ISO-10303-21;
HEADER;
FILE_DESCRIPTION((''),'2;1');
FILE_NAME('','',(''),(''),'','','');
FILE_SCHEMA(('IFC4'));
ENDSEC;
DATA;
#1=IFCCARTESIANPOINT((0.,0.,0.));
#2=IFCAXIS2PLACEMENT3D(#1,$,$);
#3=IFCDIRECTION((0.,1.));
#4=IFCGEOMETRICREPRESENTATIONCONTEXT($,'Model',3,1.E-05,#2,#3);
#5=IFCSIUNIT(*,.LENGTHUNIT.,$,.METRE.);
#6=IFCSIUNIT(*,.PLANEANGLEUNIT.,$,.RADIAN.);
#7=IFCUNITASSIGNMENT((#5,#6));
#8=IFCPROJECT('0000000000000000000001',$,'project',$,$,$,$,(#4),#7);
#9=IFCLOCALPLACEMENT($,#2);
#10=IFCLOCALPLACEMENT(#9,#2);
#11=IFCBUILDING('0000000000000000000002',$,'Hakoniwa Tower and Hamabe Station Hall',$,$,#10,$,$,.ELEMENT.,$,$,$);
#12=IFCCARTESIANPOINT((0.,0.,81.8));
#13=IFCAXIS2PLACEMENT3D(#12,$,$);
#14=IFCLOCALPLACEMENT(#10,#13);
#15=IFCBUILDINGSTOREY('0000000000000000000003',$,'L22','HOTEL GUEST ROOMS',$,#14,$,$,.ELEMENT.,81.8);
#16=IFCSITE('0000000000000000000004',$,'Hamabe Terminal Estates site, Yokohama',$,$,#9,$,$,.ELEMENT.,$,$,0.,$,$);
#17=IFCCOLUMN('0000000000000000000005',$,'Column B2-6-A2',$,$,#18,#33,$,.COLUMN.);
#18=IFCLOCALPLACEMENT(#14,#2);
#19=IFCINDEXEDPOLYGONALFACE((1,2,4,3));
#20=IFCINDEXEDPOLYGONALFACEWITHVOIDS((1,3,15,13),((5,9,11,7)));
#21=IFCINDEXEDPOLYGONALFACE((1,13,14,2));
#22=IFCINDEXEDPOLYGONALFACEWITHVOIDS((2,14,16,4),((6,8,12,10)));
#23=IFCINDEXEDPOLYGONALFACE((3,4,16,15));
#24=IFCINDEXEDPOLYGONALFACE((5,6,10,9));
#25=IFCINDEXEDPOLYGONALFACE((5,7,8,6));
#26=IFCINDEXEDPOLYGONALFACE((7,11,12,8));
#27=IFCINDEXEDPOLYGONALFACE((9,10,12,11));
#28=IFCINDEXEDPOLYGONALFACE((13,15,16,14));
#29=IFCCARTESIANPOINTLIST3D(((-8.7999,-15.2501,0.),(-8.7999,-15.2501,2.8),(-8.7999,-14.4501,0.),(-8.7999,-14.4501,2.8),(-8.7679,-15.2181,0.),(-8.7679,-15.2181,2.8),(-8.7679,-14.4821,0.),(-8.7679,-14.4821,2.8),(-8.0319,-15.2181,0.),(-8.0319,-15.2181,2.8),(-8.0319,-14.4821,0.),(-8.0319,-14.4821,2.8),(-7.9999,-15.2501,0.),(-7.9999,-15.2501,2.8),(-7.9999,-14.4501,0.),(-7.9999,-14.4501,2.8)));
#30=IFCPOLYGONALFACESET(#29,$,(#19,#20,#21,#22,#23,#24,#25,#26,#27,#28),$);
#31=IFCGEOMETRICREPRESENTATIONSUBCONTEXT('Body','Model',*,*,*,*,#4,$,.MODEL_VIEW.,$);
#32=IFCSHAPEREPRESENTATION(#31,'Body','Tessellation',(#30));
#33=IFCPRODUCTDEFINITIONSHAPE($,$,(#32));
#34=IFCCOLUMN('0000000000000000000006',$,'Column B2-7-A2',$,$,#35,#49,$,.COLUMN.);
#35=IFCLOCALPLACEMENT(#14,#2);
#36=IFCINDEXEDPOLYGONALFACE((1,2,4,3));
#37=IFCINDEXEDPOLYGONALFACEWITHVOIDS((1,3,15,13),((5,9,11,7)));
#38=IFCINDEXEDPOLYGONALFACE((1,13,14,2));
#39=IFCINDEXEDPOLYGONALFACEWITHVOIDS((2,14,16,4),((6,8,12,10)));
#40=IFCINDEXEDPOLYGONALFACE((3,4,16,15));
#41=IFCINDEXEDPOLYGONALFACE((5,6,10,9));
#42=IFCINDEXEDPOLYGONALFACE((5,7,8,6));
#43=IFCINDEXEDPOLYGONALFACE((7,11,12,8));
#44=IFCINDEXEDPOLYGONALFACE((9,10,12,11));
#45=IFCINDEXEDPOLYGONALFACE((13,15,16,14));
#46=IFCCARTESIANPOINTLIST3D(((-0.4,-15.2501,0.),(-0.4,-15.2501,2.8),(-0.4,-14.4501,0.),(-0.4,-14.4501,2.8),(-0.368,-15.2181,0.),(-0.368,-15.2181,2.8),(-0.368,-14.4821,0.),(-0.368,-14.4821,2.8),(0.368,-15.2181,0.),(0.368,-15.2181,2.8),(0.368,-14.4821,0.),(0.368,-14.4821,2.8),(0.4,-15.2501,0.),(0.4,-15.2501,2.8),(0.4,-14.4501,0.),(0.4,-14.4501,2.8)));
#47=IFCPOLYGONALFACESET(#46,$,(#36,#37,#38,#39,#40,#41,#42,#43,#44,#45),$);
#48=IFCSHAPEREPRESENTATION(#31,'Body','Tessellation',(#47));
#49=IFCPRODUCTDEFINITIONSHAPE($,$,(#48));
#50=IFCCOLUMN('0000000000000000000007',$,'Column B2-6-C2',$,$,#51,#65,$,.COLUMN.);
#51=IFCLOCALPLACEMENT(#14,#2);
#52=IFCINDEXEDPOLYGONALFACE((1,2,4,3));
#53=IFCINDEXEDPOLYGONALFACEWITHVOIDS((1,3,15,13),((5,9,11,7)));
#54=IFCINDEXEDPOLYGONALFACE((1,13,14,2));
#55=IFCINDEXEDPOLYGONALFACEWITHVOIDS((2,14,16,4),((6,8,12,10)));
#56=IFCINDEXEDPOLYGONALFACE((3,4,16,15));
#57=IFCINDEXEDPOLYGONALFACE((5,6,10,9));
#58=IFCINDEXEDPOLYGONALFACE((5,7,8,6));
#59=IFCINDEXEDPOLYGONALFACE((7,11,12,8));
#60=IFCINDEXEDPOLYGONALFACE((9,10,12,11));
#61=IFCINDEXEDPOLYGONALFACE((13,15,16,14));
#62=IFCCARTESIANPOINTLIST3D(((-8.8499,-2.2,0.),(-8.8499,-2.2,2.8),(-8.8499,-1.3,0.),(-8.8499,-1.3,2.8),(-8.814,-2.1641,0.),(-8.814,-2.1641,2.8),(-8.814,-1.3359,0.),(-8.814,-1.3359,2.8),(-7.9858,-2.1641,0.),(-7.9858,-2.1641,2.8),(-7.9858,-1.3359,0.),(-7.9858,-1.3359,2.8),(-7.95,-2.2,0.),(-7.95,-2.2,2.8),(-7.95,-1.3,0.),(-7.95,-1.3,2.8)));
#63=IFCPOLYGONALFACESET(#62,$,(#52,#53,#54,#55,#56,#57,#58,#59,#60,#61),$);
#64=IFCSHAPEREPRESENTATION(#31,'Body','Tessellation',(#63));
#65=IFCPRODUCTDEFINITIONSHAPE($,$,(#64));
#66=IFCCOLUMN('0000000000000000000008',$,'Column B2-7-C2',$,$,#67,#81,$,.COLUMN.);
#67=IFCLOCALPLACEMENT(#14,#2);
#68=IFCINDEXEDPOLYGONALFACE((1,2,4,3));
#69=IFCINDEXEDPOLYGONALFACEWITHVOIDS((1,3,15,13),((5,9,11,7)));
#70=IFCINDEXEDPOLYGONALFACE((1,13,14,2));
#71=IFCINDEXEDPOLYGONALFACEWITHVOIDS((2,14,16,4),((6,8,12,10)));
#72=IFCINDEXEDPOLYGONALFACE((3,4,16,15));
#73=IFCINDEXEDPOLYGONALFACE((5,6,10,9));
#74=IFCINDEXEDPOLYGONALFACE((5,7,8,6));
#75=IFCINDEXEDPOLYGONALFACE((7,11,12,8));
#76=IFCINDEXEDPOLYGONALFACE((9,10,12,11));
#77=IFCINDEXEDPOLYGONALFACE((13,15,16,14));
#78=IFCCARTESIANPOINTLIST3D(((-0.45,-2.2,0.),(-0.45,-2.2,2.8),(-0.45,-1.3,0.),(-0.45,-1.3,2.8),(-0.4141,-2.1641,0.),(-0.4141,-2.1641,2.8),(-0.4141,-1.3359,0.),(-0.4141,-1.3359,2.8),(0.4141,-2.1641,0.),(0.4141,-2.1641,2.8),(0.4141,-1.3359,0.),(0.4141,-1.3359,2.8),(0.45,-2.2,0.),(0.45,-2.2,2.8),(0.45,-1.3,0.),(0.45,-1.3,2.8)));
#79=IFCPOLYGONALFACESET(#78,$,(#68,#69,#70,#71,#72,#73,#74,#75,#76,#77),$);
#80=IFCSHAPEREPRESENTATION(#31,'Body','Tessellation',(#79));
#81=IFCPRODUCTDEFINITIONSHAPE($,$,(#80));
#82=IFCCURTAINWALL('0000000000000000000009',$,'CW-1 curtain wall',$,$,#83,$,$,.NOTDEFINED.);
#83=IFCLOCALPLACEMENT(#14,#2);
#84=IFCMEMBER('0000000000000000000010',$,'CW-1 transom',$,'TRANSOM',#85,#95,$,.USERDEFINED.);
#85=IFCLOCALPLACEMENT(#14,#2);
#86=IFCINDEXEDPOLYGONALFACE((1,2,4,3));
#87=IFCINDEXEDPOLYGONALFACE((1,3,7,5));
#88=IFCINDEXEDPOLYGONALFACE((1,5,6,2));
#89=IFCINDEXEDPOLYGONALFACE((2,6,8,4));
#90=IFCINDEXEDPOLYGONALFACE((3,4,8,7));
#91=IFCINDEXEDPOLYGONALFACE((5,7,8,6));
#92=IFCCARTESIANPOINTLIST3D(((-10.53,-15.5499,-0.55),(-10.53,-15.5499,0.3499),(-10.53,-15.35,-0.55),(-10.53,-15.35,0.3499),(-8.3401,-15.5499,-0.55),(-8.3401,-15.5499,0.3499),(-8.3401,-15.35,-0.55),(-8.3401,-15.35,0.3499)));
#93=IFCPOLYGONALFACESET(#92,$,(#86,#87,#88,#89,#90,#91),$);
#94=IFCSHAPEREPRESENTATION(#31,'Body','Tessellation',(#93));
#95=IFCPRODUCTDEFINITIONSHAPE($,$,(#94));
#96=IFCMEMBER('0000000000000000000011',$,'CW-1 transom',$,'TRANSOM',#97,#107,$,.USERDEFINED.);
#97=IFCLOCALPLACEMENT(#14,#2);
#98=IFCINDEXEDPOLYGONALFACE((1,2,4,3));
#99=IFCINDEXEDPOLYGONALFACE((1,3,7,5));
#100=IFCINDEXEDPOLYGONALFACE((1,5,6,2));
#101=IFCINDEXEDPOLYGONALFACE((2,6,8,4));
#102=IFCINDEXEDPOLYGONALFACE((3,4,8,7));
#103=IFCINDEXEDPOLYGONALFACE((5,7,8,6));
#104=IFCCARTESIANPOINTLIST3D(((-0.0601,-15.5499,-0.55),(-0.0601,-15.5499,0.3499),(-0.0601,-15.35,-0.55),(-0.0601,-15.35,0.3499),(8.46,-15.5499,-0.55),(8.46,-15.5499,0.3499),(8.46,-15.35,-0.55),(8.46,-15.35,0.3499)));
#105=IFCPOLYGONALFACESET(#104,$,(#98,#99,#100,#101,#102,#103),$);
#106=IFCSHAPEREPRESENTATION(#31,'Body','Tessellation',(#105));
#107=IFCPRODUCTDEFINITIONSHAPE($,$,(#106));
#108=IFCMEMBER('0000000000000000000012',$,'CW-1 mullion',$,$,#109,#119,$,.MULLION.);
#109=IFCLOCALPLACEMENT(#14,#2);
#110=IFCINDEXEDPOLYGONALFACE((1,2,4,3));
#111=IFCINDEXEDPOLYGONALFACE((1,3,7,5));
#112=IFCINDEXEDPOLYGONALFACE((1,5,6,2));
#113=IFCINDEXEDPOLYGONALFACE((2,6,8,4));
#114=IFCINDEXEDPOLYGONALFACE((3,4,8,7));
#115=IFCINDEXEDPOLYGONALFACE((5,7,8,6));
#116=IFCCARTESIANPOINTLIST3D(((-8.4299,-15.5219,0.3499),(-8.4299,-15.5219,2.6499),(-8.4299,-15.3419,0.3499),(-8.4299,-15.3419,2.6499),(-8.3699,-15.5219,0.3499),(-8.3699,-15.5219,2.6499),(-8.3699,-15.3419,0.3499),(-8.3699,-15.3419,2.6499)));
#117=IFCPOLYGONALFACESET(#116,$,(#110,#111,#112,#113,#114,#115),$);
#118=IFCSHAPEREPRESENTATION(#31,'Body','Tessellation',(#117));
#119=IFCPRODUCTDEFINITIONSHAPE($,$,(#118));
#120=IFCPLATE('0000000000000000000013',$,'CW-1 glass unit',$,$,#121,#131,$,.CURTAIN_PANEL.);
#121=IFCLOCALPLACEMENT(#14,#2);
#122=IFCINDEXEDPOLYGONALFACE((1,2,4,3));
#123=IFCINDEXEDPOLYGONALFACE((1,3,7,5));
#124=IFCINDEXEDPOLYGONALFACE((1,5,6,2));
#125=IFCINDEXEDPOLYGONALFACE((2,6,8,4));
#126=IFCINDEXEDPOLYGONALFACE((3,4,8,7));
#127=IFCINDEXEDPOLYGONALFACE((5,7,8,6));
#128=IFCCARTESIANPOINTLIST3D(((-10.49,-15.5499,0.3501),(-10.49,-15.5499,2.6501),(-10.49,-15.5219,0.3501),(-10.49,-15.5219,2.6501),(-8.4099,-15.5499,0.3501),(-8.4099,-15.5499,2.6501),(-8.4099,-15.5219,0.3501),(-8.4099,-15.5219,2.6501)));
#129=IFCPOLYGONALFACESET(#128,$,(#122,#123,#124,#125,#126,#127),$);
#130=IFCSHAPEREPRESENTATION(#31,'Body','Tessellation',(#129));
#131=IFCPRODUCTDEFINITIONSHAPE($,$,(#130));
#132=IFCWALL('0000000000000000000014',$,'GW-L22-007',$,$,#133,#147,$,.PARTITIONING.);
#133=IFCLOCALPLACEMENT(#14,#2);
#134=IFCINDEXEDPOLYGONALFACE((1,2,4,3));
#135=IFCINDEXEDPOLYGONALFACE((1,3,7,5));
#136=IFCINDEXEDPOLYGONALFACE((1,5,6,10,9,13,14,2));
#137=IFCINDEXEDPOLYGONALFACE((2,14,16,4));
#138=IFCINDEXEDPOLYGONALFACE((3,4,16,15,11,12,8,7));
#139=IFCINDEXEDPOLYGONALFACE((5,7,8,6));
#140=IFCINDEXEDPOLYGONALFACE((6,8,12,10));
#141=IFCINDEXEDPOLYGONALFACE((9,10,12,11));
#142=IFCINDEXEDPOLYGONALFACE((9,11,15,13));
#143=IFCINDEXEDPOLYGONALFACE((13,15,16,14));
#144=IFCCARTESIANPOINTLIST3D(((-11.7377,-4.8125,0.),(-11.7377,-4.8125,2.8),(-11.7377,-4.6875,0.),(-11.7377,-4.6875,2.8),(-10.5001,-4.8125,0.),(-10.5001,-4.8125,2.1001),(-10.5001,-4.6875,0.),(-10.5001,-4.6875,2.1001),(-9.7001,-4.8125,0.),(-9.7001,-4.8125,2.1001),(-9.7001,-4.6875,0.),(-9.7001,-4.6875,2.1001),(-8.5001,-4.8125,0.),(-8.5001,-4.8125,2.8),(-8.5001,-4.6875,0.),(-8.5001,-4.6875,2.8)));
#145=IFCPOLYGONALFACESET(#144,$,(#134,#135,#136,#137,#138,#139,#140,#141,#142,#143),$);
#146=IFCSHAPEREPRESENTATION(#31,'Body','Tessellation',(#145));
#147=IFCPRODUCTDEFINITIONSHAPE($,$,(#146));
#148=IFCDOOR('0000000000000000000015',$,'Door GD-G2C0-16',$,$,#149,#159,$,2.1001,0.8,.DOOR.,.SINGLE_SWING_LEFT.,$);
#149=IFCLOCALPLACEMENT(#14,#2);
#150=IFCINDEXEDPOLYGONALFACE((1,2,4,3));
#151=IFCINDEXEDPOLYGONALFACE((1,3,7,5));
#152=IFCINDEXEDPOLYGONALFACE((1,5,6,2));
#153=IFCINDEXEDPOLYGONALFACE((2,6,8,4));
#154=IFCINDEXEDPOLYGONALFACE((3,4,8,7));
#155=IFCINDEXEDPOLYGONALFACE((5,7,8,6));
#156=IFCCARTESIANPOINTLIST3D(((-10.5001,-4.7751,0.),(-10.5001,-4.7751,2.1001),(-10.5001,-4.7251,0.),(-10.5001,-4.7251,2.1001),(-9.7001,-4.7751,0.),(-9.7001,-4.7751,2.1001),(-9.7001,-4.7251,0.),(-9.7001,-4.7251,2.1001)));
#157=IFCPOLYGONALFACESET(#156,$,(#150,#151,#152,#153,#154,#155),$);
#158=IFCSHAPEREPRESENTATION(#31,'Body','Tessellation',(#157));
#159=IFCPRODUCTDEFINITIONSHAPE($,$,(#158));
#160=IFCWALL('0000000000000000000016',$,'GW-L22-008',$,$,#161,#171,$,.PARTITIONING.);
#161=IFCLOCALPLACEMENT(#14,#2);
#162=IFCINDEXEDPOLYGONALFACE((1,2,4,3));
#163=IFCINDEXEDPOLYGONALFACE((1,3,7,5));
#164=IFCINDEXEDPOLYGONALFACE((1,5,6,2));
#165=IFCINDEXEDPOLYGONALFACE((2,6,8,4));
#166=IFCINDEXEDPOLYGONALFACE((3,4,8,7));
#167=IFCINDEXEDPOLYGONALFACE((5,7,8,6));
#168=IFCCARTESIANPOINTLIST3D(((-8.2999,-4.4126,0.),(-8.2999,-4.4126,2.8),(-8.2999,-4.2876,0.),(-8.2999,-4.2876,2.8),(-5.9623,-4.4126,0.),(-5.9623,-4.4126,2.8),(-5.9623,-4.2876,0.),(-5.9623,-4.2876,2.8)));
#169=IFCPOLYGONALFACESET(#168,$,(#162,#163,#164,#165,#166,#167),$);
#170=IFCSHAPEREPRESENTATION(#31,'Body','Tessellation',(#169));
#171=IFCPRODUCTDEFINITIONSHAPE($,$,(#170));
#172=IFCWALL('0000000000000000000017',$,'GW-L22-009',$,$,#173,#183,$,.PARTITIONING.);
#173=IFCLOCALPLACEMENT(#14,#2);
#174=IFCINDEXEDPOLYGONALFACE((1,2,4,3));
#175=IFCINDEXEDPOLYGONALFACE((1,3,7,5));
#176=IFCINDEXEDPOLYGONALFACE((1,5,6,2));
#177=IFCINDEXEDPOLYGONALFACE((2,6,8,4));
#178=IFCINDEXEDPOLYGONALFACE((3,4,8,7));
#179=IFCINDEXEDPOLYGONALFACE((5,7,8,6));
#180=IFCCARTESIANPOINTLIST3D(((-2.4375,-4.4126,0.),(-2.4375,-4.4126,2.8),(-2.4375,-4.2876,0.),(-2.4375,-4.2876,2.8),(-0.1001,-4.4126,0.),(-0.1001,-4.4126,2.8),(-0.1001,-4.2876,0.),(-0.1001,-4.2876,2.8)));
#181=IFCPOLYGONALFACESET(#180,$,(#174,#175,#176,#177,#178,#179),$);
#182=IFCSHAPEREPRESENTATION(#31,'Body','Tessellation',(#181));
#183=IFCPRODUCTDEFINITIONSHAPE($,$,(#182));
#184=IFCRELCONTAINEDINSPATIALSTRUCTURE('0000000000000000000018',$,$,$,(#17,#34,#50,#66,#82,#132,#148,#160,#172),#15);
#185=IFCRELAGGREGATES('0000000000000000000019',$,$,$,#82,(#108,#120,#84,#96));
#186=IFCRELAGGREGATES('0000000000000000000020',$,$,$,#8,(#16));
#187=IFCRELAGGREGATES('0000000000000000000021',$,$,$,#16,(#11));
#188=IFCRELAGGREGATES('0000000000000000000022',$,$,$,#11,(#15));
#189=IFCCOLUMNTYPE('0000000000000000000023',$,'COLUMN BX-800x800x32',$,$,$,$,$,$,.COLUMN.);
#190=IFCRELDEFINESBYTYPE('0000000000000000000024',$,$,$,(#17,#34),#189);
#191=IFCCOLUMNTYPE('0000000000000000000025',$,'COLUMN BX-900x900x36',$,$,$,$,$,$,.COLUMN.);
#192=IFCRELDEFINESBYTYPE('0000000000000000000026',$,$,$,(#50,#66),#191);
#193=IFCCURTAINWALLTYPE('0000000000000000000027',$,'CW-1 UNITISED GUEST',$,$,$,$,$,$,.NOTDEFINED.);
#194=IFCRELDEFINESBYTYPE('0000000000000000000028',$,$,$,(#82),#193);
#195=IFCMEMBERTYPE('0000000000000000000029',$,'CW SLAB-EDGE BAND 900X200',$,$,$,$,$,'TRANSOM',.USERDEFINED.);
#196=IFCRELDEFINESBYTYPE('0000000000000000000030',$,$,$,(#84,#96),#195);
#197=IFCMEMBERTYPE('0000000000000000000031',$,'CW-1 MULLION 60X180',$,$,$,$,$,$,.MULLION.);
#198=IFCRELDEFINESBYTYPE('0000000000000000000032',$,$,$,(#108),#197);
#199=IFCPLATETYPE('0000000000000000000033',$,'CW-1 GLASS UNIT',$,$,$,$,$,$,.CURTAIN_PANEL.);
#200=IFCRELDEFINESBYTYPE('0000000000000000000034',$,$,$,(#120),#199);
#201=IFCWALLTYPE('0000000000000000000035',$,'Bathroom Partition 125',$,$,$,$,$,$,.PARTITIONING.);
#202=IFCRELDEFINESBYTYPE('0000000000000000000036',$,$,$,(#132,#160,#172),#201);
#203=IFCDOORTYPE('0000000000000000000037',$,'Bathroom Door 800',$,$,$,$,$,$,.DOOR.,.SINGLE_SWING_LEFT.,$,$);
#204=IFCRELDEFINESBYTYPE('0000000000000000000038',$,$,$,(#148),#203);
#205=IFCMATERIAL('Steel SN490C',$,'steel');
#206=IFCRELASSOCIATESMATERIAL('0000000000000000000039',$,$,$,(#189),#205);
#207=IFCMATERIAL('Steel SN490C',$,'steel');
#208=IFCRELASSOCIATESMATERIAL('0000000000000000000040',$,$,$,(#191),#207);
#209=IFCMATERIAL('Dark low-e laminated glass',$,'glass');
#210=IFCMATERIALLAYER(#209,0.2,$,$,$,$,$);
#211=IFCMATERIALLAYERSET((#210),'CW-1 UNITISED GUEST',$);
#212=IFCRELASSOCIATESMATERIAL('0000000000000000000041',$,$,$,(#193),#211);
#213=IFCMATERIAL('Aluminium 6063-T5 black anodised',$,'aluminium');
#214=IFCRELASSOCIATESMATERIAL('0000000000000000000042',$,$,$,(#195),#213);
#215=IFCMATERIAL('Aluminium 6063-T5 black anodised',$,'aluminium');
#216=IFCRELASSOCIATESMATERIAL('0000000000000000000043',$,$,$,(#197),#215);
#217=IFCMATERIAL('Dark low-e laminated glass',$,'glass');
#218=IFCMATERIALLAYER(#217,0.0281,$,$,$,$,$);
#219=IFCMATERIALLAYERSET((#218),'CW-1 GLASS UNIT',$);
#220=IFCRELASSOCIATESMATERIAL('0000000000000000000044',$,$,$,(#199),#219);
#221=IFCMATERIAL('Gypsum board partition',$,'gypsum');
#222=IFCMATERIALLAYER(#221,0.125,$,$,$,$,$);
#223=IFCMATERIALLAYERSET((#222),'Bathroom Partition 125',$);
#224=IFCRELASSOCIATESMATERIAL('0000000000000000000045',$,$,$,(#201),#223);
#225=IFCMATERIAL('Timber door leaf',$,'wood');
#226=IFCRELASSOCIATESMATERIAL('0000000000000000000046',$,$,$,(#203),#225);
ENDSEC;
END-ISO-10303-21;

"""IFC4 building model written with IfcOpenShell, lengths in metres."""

from ifc_helpers import new_model, si_unit, direction, frame, frame_2d, origin, origin_2d, place, context, subcontext, project, spatial, rectangle, hollow_rectangle, extrude, material, layer, layer_set, material_profile, profile_set, type_object, element, fill, aggregate, save


model = new_model("IFC4")

# Units and contexts
model_context = context("Model", 3, precision=1e-05, world=origin(), true_north=direction((0.0, 1.0)))
body_context = subcontext(model_context, "Body", "Model", "MODEL_VIEW")
ifc_project = project(units=[si_unit("LENGTHUNIT", "METRE"), si_unit("PLANEANGLEUNIT", "RADIAN")], contexts=[model_context])

# Site, building, storey
site_placement = place(None, origin())
site = spatial("IfcSite", under=ifc_project, at=site_placement, Name="Hamabe Terminal Estates site, Yokohama", CompositionType="ELEMENT", RefElevation=0.0)
building_placement = place(site_placement, origin())
building = spatial("IfcBuilding", under=site, at=building_placement, Name="Hakoniwa Tower and Hamabe Station Hall", CompositionType="ELEMENT")
storey_placement = place(building_placement, frame((0.0, 0.0, 81.8)))
storey = spatial("IfcBuildingStorey", under=building, at=storey_placement, Name="L22", Description="HOTEL GUEST ROOMS", CompositionType="ELEMENT", Elevation=81.8)

# Columns
ifc_material_1 = material(Name="Steel SN490C", Category="steel")
ifc_material_profile_1 = material_profile(ifc_material_1, hollow_rectangle(XDim=0.8, YDim=0.8, WallThickness=0.032, at=origin_2d()), Name="BX-800x800x32")
ifc_profile_set_1 = profile_set([ifc_material_profile_1], Name="Steel SN490C")
column_type_1 = type_object("IfcColumnType", Name="COLUMN BX-800x800x32", PredefinedType="COLUMN", material=ifc_profile_set_1)
for number, where, z_axis, x_axis, name in (
    (1, (-8.3999, -14.8501, 0.0), (0.0, 0.0, 1.0), (1.0, 0.0, 0.0), "Column B2-6-A2"),
    (2, (0.0, -14.8501, 0.0), (0.0, 0.0, 1.0), (1.0, 0.0, 0.0), "Column B2-7-A2"),
):
    element("IfcColumn", number, at=place(storey_placement, frame(where, z_axis=z_axis, x_axis=x_axis)), inside=storey, type_object=column_type_1, Name=name, PredefinedType="COLUMN", context=body_context, shape_type="SweptSolid", body=[
        extrude(hollow_rectangle(XDim=0.8, YDim=0.8, WallThickness=0.032, at=origin_2d()), origin(), (0.0, 0.0, 1.0), 2.8),
    ])
ifc_material_2 = material(Name="Steel SN490C", Category="steel")
ifc_material_profile_2 = material_profile(ifc_material_2, hollow_rectangle(XDim=0.8999, YDim=0.8999, WallThickness=0.0359, at=origin_2d()), Name="BX-900x900x36")
ifc_profile_set_2 = profile_set([ifc_material_profile_2], Name="Steel SN490C")
column_type_2 = type_object("IfcColumnType", Name="COLUMN BX-900x900x36", PredefinedType="COLUMN", material=ifc_profile_set_2)
for number, where, z_axis, x_axis, name in (
    (3, (-8.3999, -1.75, 0.0), (0.0, 0.0, 1.0), (1.0, 0.0, 0.0), "Column B2-6-C2"),
    (4, (0.0, -1.75, 0.0), (0.0, 0.0, 1.0), (1.0, 0.0, 0.0), "Column B2-7-C2"),
):
    element("IfcColumn", number, at=place(storey_placement, frame(where, z_axis=z_axis, x_axis=x_axis)), inside=storey, type_object=column_type_2, Name=name, PredefinedType="COLUMN", context=body_context, shape_type="SweptSolid", body=[
        extrude(hollow_rectangle(XDim=0.8999, YDim=0.8999, WallThickness=0.0359, at=origin_2d()), origin(), (0.0, 0.0, 1.0), 2.8),
    ])

# Curtain wall, members, plate
ifc_material_3 = material(Name="Dark low-e laminated glass", Category="glass")
ifc_layer_1 = layer(ifc_material_3, 0.2)
ifc_layer_set_1 = layer_set([ifc_layer_1], Name="CW-1 UNITISED GUEST")
curtain_wall_type = type_object("IfcCurtainWallType", Name="CW-1 UNITISED GUEST", PredefinedType="NOTDEFINED", material=ifc_layer_set_1)
curtain_wall_placement = place(storey_placement, origin())
curtain_wall = element("IfcCurtainWall", 5, at=curtain_wall_placement, inside=storey, type_object=curtain_wall_type, Name="CW-1 curtain wall", PredefinedType="NOTDEFINED")
ifc_material_4 = material(Name="Aluminium 6063-T5 black anodised", Category="aluminium")
ifc_material_profile_3 = material_profile(ifc_material_4, rectangle(XDim=0.2, YDim=0.8999, at=origin_2d()), Name="CW SLAB-EDGE BAND 900X200")
ifc_profile_set_3 = profile_set([ifc_material_profile_3], Name="Aluminium 6063-T5 black anodised")
member_type_1 = type_object("IfcMemberType", Name="CW SLAB-EDGE BAND 900X200", ElementType="TRANSOM", PredefinedType="USERDEFINED", material=ifc_profile_set_3)
member_1_placement = place(storey_placement, frame((-10.53, -15.45, -0.1001), z_axis=(1.0, 0.0, 0.0), x_axis=(0.0, 1.0, 0.0)))
member_1 = element("IfcMember", 6, at=member_1_placement, type_object=member_type_1, Name="CW-1 transom", ObjectType="TRANSOM", PredefinedType="USERDEFINED", context=body_context, shape_type="SweptSolid", body=[
    extrude(rectangle(XDim=0.2, YDim=0.8999, at=origin_2d()), origin(), (0.0, 0.0, 1.0), 2.1899),
])
member_2_placement = place(storey_placement, frame((-0.0601, -15.45, -0.1001), z_axis=(1.0, 0.0, 0.0), x_axis=(0.0, 1.0, 0.0)))
member_2 = element("IfcMember", 7, at=member_2_placement, type_object=member_type_1, Name="CW-1 transom", ObjectType="TRANSOM", PredefinedType="USERDEFINED", context=body_context, shape_type="SweptSolid", body=[
    extrude(rectangle(XDim=0.2, YDim=0.8999, at=origin_2d()), origin(), (0.0, 0.0, 1.0), 8.52),
])
ifc_material_5 = material(Name="Aluminium 6063-T5 black anodised", Category="aluminium")
ifc_material_profile_4 = material_profile(ifc_material_5, rectangle(XDim=0.0601, YDim=0.1799, at=origin_2d()), Name="CW-1 MULLION 60X180")
ifc_profile_set_4 = profile_set([ifc_material_profile_4], Name="Aluminium 6063-T5 black anodised")
member_type_2 = type_object("IfcMemberType", Name="CW-1 MULLION 60X180", PredefinedType="MULLION", material=ifc_profile_set_4)
member_3_placement = place(storey_placement, frame((-8.3999, -15.4319, 0.3499), z_axis=(0.0, 0.0, 1.0), x_axis=(1.0, 0.0, 0.0)))
member_3 = element("IfcMember", 8, at=member_3_placement, type_object=member_type_2, Name="CW-1 mullion", PredefinedType="MULLION", context=body_context, shape_type="SweptSolid", body=[
    extrude(rectangle(XDim=0.0601, YDim=0.1799, at=origin_2d()), origin(), (0.0, 0.0, 1.0), 2.3),
])
ifc_material_6 = material(Name="Dark low-e laminated glass", Category="glass")
ifc_layer_2 = layer(ifc_material_6, 0.0281)
ifc_layer_set_2 = layer_set([ifc_layer_2], Name="CW-1 GLASS UNIT")
plate_type = type_object("IfcPlateType", Name="CW-1 GLASS UNIT", PredefinedType="CURTAIN_PANEL", material=ifc_layer_set_2)
plate_placement = place(storey_placement, frame((-9.45, -15.5359, 0.3501), z_axis=(0.0, 0.0, 1.0), x_axis=(1.0, 0.0, 0.0)))
plate = element("IfcPlate", 9, at=plate_placement, type_object=plate_type, Name="CW-1 glass unit", PredefinedType="CURTAIN_PANEL", context=body_context, shape_type="SweptSolid", body=[
    extrude(rectangle(XDim=2.0801, YDim=0.0281, at=origin_2d()), origin(), (0.0, 0.0, 1.0), 2.3),
])

# Wall, opening, door
ifc_material_7 = material(Name="Gypsum board partition", Category="gypsum")
ifc_layer_3 = layer(ifc_material_7, 0.125)
ifc_layer_set_3 = layer_set([ifc_layer_3], Name="Bathroom Partition 125")
wall_type_1 = type_object("IfcWallType", Name="Bathroom Partition 125", PredefinedType="PARTITIONING", material=ifc_layer_set_3)
wall_1_placement = place(storey_placement, frame((-11.7375, -4.75, 0.0), z_axis=(0.0, 0.0, 1.0), x_axis=(1.0, 0.0, 0.0)))
wall_1 = element("IfcWall", 10, at=wall_1_placement, inside=storey, type_object=wall_type_1, Name="GW-L22-007", PredefinedType="PARTITIONING", context=body_context, shape_type="SweptSolid", body=[
    extrude(rectangle(XDim=3.2375, YDim=0.125, at=frame_2d((1.6187, 0.0))), origin(), (0.0, 0.0, 1.0), 2.8),
])
opening_1_placement = place(wall_1_placement, frame((1.2375, 0.0, 0.0)))
opening_1 = element("IfcOpeningElement", 11, at=opening_1_placement, cuts=wall_1, PredefinedType="OPENING", context=body_context, shape_type="SweptSolid", body=[
    extrude(rectangle(XDim=0.8, YDim=2.1001, at=frame_2d((0.3999, 1.05))), frame((0.0, 0.0725, 0.0), z_axis=(0.0, -1.0, 0.0), x_axis=(1.0, 0.0, 0.0)), (0.0, 0.0, 1.0), 0.145),
])
ifc_material_8 = material(Name="Timber door leaf", Category="wood")
door_type_1 = type_object("IfcDoorType", Name="Bathroom Door 800", OperationType="SINGLE_SWING_LEFT", PredefinedType="DOOR", material=ifc_material_8)
door_1_placement = place(opening_1_placement, origin())
door_1 = element("IfcDoor", 12, at=door_1_placement, inside=storey, type_object=door_type_1, Name="Door GD-G2C0-16", OperationType="SINGLE_SWING_LEFT", OverallHeight=2.1001, OverallWidth=0.8, PredefinedType="DOOR", context=body_context, shape_type="SweptSolid", body=[
    extrude(rectangle(XDim=0.8, YDim=2.1001, at=frame_2d((0.3999, 1.05))), frame((0.0, 0.0249, 0.0), z_axis=(0.0, -1.0, 0.0), x_axis=(1.0, 0.0, 0.0)), (0.0, 0.0, 1.0), 0.05),
])
fill(opening_1, door_1)

# Walls
wall_2_placement = place(storey_placement, frame((-8.3, -4.3501, 0.0), z_axis=(0.0, 0.0, 1.0), x_axis=(1.0, 0.0, 0.0)))
element("IfcWall", 13, at=wall_2_placement, inside=storey, type_object=wall_type_1, Name="GW-L22-008", PredefinedType="PARTITIONING", context=body_context, shape_type="SweptSolid", body=[
    extrude(rectangle(XDim=2.3376, YDim=0.125, at=frame_2d((1.1689, 0.0))), origin(), (0.0, 0.0, 1.0), 2.8),
])
wall_3_placement = place(storey_placement, frame((-2.4375, -4.3501, 0.0), z_axis=(0.0, 0.0, 1.0), x_axis=(1.0, 0.0, 0.0)))
element("IfcWall", 14, at=wall_3_placement, inside=storey, type_object=wall_type_1, Name="GW-L22-009", PredefinedType="PARTITIONING", context=body_context, shape_type="SweptSolid", body=[
    extrude(rectangle(XDim=2.3374, YDim=0.125, at=frame_2d((1.1687, 0.0))), origin(), (0.0, 0.0, 1.0), 2.8),
])

aggregate(curtain_wall, [member_3, plate, member_1, member_2])

save(model, "model.ifc")
